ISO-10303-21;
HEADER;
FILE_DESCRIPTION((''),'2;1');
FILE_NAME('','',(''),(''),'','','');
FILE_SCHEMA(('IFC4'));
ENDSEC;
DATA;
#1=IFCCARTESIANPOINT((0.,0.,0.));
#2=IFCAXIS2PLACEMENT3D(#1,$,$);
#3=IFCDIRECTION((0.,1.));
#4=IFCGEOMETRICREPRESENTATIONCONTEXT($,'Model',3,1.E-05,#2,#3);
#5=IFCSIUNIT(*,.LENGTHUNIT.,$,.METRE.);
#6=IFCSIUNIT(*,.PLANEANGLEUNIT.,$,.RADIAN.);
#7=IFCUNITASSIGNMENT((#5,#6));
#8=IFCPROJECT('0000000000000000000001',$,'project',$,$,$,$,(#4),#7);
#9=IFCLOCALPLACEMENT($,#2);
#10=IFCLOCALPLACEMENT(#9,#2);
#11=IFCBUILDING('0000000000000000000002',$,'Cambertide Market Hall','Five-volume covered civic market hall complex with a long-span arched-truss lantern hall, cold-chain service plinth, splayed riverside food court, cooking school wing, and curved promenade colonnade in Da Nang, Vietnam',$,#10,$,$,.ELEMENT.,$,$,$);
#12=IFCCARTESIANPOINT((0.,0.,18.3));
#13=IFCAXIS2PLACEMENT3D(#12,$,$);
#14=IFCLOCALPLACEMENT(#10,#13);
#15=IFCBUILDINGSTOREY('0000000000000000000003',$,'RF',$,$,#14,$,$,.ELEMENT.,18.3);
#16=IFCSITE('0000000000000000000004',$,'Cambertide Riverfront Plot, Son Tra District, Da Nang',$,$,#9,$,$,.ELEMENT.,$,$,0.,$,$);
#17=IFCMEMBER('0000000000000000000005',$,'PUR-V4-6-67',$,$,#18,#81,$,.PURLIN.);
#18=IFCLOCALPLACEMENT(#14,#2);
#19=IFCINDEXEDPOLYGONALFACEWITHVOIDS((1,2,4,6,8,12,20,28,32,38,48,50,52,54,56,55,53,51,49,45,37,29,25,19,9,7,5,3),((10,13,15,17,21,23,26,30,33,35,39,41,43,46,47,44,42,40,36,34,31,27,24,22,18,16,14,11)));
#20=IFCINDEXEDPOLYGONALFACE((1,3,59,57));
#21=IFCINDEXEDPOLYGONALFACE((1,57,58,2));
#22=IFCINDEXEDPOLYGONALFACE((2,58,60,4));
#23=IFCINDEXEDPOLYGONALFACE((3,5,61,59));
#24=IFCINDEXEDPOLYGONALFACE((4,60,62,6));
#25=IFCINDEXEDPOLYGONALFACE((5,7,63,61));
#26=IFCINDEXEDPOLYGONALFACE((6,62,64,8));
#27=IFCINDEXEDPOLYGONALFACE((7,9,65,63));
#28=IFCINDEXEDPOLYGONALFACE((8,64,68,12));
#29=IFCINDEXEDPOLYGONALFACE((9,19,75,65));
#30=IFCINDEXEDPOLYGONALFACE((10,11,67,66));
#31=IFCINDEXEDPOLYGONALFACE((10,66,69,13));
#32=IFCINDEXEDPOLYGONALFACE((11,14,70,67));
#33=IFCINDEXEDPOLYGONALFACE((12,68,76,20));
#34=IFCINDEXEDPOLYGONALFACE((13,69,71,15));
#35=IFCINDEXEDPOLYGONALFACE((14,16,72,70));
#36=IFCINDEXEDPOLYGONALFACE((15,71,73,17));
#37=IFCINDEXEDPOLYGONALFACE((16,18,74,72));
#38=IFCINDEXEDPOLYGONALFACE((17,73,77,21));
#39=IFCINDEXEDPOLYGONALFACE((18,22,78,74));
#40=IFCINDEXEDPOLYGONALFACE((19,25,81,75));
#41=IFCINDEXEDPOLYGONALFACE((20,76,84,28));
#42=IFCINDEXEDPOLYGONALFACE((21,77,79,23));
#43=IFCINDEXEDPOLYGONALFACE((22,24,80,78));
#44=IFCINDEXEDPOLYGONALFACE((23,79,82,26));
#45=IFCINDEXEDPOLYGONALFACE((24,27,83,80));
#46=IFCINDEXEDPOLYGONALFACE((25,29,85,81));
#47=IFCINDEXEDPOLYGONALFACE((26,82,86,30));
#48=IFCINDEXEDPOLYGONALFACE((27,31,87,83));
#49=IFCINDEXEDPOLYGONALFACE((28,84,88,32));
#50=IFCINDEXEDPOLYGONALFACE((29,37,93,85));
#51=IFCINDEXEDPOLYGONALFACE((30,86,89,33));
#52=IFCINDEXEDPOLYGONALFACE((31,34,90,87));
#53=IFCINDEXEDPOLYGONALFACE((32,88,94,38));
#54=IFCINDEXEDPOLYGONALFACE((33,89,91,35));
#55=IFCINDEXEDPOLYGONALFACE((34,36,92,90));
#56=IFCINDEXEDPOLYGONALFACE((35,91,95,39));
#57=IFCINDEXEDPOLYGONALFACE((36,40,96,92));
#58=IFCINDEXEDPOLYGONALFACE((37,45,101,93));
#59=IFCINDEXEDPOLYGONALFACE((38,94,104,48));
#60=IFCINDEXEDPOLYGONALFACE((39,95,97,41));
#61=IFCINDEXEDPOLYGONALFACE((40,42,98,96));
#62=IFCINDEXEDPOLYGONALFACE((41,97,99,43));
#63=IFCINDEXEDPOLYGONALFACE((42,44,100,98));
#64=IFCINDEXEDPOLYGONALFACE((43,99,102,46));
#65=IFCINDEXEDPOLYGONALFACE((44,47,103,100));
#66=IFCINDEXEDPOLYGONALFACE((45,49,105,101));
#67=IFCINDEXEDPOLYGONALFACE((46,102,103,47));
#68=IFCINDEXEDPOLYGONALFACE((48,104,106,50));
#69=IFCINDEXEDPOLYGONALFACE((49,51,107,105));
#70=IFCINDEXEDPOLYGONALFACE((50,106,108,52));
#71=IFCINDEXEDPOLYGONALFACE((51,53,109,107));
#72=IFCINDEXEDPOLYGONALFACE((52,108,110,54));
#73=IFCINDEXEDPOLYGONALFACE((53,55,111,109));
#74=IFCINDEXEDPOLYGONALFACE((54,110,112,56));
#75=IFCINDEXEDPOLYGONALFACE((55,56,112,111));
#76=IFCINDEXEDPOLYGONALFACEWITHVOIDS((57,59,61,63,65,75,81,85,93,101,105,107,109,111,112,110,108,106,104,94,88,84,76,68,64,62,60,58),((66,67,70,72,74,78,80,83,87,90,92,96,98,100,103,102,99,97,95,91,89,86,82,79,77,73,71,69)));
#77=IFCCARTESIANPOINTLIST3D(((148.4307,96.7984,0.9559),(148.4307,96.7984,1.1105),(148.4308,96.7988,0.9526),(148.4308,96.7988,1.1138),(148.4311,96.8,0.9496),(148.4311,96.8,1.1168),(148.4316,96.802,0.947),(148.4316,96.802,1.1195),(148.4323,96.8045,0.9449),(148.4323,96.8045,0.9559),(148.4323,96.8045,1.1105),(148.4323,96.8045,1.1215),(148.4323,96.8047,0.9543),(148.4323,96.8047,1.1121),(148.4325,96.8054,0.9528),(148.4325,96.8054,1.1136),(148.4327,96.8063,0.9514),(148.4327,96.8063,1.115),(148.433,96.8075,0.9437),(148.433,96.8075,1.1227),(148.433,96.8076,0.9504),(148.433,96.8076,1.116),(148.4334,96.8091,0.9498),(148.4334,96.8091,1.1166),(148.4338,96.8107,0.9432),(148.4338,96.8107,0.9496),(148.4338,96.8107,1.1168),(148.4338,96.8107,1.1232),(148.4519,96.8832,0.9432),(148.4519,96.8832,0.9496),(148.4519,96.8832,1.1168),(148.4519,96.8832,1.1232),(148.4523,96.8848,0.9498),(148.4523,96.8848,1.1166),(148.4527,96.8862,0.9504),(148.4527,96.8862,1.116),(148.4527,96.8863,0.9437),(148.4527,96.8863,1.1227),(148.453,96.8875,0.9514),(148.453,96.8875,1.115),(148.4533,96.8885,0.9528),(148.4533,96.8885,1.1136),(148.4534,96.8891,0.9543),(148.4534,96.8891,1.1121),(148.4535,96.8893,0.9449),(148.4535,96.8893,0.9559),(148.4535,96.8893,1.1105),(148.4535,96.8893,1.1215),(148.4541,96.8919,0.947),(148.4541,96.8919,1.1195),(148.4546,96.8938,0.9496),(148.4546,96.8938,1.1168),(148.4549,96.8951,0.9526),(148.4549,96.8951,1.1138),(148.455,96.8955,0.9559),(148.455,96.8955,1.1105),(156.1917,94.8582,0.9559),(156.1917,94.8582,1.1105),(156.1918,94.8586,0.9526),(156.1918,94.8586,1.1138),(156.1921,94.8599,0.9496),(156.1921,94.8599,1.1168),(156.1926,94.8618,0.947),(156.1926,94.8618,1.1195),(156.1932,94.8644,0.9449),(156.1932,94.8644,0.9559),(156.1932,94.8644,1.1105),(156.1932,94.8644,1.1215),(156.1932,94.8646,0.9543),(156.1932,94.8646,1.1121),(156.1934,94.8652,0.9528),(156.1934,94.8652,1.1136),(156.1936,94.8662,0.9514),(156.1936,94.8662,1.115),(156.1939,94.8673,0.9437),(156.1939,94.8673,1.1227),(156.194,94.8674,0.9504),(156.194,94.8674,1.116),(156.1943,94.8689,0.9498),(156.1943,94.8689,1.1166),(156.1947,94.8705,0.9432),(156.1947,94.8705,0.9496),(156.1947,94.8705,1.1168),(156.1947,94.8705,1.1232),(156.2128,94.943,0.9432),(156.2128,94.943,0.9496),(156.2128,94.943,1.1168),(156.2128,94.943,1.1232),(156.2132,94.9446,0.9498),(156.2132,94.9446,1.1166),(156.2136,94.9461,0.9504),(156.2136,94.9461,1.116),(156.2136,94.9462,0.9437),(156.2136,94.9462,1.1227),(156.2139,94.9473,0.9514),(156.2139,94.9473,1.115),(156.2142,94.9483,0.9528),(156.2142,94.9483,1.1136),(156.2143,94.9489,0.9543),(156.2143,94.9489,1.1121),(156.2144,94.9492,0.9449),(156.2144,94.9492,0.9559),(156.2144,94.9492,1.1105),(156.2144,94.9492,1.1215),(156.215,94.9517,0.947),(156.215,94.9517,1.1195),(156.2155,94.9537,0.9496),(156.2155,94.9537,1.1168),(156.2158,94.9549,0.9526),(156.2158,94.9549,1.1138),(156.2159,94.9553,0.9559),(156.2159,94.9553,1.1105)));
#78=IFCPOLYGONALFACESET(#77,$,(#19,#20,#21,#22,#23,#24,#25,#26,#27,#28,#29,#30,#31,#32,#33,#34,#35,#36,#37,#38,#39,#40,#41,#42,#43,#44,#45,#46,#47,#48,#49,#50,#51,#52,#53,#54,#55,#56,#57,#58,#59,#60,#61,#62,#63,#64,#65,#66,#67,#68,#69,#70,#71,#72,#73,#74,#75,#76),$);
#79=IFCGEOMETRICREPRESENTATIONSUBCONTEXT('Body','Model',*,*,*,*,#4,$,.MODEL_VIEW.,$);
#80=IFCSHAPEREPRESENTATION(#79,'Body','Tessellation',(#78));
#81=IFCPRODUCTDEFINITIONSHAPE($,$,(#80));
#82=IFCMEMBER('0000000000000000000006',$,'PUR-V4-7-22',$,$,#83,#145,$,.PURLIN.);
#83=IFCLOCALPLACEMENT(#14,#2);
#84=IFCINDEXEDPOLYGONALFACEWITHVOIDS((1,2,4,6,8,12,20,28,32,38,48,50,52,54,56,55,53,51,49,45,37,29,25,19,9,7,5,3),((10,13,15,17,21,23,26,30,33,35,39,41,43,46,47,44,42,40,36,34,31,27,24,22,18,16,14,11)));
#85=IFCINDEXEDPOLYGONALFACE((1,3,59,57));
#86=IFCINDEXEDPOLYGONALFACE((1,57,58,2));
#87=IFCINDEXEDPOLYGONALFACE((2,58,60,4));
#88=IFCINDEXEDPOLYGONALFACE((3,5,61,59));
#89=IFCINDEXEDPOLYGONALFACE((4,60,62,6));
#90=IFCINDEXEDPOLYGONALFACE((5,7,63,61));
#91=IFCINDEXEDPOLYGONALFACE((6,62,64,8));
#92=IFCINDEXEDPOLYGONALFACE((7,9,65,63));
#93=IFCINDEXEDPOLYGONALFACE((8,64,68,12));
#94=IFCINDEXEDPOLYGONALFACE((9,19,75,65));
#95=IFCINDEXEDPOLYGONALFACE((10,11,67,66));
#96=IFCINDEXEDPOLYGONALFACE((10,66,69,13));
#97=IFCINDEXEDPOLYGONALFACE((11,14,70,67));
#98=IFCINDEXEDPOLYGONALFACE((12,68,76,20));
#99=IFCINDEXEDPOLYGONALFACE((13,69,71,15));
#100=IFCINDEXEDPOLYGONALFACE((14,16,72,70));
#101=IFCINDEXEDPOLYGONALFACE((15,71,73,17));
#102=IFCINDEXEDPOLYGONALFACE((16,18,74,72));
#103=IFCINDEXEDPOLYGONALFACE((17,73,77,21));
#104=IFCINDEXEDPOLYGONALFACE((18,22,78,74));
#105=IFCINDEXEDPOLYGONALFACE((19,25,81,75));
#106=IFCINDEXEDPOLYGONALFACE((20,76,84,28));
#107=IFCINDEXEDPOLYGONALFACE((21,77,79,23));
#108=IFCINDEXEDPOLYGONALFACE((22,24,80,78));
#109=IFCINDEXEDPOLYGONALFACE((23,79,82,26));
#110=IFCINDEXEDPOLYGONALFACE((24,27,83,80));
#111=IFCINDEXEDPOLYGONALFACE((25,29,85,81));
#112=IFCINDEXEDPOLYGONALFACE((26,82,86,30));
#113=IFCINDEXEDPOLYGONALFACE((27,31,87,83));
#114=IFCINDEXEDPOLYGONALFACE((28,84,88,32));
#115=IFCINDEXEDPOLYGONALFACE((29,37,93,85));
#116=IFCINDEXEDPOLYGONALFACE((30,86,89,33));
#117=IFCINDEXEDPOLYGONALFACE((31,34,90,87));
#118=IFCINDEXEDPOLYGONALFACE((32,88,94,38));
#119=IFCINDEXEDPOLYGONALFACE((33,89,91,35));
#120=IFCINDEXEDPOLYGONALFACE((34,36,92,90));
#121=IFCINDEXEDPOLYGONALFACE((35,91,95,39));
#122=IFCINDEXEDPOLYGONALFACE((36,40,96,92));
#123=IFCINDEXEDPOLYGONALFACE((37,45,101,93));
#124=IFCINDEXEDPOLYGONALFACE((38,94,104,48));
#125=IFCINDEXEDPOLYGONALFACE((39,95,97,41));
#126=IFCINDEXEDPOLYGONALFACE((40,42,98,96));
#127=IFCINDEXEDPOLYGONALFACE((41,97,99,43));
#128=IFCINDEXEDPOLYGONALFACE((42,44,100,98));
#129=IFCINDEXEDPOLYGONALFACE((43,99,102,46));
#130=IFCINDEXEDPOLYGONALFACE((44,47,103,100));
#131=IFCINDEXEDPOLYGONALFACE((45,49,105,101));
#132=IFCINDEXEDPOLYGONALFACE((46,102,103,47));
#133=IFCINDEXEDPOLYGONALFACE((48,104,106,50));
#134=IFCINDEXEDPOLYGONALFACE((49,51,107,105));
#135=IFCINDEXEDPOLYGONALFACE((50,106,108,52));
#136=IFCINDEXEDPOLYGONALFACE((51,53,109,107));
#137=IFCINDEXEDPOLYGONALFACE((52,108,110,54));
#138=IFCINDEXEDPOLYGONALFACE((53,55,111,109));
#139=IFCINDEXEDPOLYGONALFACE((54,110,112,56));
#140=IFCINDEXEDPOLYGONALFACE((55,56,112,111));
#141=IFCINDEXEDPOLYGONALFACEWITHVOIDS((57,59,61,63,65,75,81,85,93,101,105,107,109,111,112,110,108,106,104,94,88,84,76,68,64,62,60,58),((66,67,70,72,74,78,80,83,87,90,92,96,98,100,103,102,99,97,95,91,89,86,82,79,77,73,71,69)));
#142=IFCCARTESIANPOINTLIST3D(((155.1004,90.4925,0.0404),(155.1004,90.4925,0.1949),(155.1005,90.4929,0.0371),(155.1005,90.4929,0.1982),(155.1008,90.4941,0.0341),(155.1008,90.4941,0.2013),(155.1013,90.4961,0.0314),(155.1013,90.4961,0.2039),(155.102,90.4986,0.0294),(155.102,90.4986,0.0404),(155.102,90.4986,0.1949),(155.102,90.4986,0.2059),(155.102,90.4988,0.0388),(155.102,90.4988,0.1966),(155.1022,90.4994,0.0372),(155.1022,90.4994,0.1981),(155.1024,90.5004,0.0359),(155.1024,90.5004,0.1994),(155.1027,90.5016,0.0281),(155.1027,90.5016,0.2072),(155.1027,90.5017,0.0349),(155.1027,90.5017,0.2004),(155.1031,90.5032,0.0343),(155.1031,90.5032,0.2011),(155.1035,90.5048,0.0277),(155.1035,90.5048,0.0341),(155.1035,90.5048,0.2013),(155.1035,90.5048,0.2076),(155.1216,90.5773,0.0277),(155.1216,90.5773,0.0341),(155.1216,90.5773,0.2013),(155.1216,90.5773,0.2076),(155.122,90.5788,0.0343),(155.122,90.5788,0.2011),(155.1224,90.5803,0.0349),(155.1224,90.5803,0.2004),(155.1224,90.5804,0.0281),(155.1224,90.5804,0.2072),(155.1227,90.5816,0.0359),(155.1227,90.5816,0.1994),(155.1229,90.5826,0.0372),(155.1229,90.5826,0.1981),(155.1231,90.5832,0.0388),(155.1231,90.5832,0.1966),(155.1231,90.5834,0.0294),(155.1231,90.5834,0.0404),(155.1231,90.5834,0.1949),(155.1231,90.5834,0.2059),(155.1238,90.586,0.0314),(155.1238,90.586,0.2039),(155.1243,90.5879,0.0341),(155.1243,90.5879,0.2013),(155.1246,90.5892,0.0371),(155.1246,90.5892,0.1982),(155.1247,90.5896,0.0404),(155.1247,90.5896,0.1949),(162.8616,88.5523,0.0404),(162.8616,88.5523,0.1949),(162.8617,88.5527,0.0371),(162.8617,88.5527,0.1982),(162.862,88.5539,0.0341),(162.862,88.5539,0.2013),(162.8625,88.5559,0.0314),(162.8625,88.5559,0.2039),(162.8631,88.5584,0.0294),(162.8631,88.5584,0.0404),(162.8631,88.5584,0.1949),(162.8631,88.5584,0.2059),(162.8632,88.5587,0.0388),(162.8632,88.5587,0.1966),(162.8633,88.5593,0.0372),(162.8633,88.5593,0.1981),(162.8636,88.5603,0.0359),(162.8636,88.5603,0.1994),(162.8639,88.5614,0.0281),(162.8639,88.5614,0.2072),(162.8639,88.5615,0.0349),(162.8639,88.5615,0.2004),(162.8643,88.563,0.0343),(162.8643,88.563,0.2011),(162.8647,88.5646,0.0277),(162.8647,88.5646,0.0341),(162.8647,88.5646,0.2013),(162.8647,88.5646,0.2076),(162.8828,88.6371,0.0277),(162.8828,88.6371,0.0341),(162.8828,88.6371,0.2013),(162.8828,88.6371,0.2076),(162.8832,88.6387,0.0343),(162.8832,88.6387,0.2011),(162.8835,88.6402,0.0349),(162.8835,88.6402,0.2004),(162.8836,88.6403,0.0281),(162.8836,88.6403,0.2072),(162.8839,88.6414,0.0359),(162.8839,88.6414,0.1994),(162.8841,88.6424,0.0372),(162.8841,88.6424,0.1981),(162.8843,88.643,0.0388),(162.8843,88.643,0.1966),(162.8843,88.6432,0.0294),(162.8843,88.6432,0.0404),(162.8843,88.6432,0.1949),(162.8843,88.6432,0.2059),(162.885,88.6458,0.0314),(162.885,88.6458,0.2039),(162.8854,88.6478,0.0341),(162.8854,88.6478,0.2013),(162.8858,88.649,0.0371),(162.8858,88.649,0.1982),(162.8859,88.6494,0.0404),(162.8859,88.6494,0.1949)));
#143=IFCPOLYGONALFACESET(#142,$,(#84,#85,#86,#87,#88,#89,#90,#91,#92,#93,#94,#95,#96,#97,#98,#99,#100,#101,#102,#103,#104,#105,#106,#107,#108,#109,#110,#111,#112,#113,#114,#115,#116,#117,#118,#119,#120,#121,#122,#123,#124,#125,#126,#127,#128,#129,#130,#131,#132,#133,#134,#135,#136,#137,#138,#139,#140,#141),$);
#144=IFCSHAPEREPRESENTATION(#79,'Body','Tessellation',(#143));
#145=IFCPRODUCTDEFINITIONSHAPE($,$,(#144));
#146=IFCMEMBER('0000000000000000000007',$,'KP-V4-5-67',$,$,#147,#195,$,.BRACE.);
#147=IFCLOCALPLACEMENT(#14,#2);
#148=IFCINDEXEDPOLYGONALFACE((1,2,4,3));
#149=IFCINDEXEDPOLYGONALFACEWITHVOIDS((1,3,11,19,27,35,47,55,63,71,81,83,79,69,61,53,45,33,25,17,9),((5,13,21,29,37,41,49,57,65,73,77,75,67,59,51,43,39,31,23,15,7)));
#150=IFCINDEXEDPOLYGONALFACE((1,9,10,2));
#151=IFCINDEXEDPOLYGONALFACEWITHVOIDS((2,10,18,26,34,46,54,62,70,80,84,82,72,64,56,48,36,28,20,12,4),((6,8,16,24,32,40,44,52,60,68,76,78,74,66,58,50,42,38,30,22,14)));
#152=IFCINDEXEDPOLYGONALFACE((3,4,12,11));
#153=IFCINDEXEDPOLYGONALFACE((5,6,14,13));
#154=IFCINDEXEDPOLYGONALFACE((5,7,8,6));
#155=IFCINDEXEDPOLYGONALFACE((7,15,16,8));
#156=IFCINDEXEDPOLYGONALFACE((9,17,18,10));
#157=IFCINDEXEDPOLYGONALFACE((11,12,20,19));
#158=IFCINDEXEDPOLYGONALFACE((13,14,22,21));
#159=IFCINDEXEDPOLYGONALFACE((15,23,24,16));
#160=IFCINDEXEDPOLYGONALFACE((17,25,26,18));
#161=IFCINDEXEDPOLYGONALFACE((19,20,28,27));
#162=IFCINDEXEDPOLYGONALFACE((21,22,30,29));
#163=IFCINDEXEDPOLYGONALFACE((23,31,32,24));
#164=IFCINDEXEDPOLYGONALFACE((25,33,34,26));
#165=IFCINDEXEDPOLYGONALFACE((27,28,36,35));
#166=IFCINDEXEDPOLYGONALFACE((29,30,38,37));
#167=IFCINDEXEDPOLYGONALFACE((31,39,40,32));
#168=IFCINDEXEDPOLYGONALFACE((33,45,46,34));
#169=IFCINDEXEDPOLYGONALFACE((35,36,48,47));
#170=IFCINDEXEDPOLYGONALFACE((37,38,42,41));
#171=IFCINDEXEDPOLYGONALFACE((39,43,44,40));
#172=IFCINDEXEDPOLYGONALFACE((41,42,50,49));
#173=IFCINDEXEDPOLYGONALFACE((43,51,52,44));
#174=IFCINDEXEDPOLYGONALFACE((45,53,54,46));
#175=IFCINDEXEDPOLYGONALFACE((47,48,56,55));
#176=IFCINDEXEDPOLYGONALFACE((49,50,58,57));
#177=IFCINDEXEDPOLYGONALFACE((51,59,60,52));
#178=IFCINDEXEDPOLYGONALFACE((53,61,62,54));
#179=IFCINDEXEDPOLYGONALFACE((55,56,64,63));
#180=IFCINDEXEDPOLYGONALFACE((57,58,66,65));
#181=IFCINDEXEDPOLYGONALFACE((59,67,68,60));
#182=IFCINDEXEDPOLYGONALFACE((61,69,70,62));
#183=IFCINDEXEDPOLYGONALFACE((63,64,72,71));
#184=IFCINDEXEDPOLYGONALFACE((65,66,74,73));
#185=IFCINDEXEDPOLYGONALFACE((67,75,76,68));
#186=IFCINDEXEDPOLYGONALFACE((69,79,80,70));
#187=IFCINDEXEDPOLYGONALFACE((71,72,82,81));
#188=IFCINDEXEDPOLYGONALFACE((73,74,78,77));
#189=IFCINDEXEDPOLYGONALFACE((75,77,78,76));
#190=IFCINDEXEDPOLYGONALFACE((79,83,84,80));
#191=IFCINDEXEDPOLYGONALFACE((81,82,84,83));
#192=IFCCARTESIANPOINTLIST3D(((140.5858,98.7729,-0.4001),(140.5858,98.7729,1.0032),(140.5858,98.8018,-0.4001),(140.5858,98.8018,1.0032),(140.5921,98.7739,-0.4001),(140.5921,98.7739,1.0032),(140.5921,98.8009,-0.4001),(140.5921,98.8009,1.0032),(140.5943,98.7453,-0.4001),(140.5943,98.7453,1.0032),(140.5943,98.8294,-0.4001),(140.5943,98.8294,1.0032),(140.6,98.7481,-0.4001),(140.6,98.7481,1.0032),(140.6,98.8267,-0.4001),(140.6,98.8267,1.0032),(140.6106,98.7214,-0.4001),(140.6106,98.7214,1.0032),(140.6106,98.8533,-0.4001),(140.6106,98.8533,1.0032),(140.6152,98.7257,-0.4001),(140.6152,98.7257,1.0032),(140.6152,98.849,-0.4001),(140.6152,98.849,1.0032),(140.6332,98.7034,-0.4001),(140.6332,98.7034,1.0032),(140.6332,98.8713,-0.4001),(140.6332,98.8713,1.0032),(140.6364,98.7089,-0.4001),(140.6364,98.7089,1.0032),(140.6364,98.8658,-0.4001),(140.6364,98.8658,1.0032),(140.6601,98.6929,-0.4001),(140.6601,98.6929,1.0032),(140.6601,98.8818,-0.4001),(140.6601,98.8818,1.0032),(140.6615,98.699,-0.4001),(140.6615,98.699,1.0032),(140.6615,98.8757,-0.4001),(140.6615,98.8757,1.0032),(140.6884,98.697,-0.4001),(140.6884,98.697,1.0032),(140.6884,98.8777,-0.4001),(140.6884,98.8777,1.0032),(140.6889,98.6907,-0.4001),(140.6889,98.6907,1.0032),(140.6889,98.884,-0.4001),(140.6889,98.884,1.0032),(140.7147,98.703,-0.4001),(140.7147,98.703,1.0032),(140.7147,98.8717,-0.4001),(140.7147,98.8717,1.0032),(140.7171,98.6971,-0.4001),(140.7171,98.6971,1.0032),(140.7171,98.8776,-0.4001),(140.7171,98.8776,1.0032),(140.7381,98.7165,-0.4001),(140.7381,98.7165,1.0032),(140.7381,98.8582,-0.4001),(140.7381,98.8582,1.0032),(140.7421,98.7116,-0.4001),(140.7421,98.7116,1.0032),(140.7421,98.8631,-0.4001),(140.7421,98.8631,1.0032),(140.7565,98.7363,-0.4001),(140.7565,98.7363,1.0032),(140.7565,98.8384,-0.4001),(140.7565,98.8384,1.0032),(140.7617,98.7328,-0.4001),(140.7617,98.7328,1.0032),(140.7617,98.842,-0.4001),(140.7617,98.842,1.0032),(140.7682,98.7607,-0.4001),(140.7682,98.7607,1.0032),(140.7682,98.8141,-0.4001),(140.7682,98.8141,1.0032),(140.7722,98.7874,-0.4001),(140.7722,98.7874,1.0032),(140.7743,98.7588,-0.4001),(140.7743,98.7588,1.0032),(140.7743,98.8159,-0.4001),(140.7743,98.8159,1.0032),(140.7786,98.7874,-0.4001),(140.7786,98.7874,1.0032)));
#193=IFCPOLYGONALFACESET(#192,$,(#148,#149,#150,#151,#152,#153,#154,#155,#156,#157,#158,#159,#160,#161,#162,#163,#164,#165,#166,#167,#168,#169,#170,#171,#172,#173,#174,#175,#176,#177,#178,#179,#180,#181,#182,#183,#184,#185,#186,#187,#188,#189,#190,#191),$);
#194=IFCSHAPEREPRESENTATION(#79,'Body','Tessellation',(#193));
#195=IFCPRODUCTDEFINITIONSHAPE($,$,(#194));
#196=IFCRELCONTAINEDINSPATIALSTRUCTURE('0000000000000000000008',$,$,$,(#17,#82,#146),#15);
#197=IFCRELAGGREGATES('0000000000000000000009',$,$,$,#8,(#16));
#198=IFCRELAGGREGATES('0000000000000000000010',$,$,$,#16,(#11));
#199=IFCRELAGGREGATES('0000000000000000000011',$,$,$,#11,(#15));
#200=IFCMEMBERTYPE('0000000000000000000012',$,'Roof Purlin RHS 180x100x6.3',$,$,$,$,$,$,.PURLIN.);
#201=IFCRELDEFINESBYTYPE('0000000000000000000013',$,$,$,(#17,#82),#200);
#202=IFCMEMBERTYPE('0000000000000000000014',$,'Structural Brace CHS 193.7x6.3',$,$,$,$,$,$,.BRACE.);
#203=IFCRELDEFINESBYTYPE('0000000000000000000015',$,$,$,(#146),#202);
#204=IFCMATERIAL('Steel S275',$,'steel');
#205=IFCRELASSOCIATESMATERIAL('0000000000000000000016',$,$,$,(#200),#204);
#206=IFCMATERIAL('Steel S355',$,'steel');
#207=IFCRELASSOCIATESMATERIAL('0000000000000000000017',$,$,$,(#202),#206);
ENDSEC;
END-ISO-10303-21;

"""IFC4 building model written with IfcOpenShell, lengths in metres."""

from ifc_helpers import new_model, si_unit, direction, frame, origin, origin_2d, place, context, subcontext, project, spatial, hollow_rectangle, hollow_circle, extrude, material, material_profile, profile_set, type_object, element, save


model = new_model("IFC4")

# Units and contexts
model_context = context("Model", 3, precision=1e-05, world=origin(), true_north=direction((0.0, 1.0)))
body_context = subcontext(model_context, "Body", "Model", "MODEL_VIEW")
ifc_project = project(units=[si_unit("LENGTHUNIT", "METRE"), si_unit("PLANEANGLEUNIT", "RADIAN")], contexts=[model_context])

# Site, building, storey
site_placement = place(None, origin())
site = spatial("IfcSite", under=ifc_project, at=site_placement, Name="Cambertide Riverfront Plot, Son Tra District, Da Nang", CompositionType="ELEMENT", RefElevation=0.0)
building_placement = place(site_placement, origin())
building = spatial("IfcBuilding", under=site, at=building_placement, Name="Cambertide Market Hall", Description="Five-volume covered civic market hall complex with a long-span arched-truss lantern hall, cold-chain service plinth, splayed riverside food court, cooking school wing, and curved promenade colonnade in Da Nang, Vietnam", CompositionType="ELEMENT")
storey_placement = place(building_placement, frame((0.0, 0.0, 18.3)))
storey = spatial("IfcBuildingStorey", under=building, at=storey_placement, Name="RF", CompositionType="ELEMENT", Elevation=18.3)

# Members
ifc_material_1 = material(Name="Steel S275", Category="steel")
ifc_material_profile_1 = material_profile(ifc_material_1, hollow_rectangle(XDim=0.1001, YDim=0.1799, WallThickness=0.0063, InnerFilletRadius=0.0063, OuterFilletRadius=0.0127, at=origin_2d()), Name="RHS 180x100x6.3")
ifc_profile_set_1 = profile_set([ifc_material_profile_1], Name="Steel S275")
member_type_1 = type_object("IfcMemberType", Name="Roof Purlin RHS 180x100x6.3", PredefinedType="PURLIN", material=ifc_profile_set_1)
member_1_placement = place(storey_placement, frame((148.4429, 96.8469, 1.0332), z_axis=(0.970144, -0.242528, 0.0), x_axis=(0.242528, 0.970144, 0.0)))
element("IfcMember", 1, at=member_1_placement, inside=storey, type_object=member_type_1, Name="PUR-V4-6-67", PredefinedType="PURLIN", context=body_context, shape_type="SweptSolid", body=[
    extrude(hollow_rectangle(XDim=0.1001, YDim=0.1799, WallThickness=0.0063, InnerFilletRadius=0.0063, OuterFilletRadius=0.0127, at=origin_2d()), origin(), (0.0, 0.0, 1.0), 7.9998),
])
member_2_placement = place(storey_placement, frame((155.1125, 90.541, 0.1177), z_axis=(0.970146, -0.242521, 0.0), x_axis=(0.242521, 0.970146, 0.0)))
element("IfcMember", 2, at=member_2_placement, inside=storey, type_object=member_type_1, Name="PUR-V4-7-22", PredefinedType="PURLIN", context=body_context, shape_type="SweptSolid", body=[
    extrude(hollow_rectangle(XDim=0.1001, YDim=0.1799, WallThickness=0.0063, InnerFilletRadius=0.0063, OuterFilletRadius=0.0127, at=origin_2d()), origin(), (0.0, 0.0, 1.0), 8.0),
])
ifc_material_2 = material(Name="Steel S355", Category="steel")
ifc_material_profile_2 = material_profile(ifc_material_2, hollow_circle(Radius=0.0969, WallThickness=0.0063, at=origin_2d()), Name="CHS 193.7x6.3")
ifc_profile_set_2 = profile_set([ifc_material_profile_2], Name="Steel S355")
member_type_2 = type_object("IfcMemberType", Name="Structural Brace CHS 193.7x6.3", PredefinedType="BRACE", material=ifc_profile_set_2)
for number, where, z_axis, x_axis, name in (
    (3, (140.6816, 98.7874, -0.4001), (0.0, 0.0, 1.0), (1.0, 0.0, 0.0), "KP-V4-5-67"),
):
    element("IfcMember", number, at=place(storey_placement, frame(where, z_axis=z_axis, x_axis=x_axis)), inside=storey, type_object=member_type_2, Name=name, PredefinedType="BRACE", context=body_context, shape_type="SweptSolid", body=[
        extrude(hollow_circle(Radius=0.0969, WallThickness=0.0063, at=origin_2d()), origin(), (0.0, 0.0, 1.0), 1.4033),
    ])

save(model, "model.ifc")
